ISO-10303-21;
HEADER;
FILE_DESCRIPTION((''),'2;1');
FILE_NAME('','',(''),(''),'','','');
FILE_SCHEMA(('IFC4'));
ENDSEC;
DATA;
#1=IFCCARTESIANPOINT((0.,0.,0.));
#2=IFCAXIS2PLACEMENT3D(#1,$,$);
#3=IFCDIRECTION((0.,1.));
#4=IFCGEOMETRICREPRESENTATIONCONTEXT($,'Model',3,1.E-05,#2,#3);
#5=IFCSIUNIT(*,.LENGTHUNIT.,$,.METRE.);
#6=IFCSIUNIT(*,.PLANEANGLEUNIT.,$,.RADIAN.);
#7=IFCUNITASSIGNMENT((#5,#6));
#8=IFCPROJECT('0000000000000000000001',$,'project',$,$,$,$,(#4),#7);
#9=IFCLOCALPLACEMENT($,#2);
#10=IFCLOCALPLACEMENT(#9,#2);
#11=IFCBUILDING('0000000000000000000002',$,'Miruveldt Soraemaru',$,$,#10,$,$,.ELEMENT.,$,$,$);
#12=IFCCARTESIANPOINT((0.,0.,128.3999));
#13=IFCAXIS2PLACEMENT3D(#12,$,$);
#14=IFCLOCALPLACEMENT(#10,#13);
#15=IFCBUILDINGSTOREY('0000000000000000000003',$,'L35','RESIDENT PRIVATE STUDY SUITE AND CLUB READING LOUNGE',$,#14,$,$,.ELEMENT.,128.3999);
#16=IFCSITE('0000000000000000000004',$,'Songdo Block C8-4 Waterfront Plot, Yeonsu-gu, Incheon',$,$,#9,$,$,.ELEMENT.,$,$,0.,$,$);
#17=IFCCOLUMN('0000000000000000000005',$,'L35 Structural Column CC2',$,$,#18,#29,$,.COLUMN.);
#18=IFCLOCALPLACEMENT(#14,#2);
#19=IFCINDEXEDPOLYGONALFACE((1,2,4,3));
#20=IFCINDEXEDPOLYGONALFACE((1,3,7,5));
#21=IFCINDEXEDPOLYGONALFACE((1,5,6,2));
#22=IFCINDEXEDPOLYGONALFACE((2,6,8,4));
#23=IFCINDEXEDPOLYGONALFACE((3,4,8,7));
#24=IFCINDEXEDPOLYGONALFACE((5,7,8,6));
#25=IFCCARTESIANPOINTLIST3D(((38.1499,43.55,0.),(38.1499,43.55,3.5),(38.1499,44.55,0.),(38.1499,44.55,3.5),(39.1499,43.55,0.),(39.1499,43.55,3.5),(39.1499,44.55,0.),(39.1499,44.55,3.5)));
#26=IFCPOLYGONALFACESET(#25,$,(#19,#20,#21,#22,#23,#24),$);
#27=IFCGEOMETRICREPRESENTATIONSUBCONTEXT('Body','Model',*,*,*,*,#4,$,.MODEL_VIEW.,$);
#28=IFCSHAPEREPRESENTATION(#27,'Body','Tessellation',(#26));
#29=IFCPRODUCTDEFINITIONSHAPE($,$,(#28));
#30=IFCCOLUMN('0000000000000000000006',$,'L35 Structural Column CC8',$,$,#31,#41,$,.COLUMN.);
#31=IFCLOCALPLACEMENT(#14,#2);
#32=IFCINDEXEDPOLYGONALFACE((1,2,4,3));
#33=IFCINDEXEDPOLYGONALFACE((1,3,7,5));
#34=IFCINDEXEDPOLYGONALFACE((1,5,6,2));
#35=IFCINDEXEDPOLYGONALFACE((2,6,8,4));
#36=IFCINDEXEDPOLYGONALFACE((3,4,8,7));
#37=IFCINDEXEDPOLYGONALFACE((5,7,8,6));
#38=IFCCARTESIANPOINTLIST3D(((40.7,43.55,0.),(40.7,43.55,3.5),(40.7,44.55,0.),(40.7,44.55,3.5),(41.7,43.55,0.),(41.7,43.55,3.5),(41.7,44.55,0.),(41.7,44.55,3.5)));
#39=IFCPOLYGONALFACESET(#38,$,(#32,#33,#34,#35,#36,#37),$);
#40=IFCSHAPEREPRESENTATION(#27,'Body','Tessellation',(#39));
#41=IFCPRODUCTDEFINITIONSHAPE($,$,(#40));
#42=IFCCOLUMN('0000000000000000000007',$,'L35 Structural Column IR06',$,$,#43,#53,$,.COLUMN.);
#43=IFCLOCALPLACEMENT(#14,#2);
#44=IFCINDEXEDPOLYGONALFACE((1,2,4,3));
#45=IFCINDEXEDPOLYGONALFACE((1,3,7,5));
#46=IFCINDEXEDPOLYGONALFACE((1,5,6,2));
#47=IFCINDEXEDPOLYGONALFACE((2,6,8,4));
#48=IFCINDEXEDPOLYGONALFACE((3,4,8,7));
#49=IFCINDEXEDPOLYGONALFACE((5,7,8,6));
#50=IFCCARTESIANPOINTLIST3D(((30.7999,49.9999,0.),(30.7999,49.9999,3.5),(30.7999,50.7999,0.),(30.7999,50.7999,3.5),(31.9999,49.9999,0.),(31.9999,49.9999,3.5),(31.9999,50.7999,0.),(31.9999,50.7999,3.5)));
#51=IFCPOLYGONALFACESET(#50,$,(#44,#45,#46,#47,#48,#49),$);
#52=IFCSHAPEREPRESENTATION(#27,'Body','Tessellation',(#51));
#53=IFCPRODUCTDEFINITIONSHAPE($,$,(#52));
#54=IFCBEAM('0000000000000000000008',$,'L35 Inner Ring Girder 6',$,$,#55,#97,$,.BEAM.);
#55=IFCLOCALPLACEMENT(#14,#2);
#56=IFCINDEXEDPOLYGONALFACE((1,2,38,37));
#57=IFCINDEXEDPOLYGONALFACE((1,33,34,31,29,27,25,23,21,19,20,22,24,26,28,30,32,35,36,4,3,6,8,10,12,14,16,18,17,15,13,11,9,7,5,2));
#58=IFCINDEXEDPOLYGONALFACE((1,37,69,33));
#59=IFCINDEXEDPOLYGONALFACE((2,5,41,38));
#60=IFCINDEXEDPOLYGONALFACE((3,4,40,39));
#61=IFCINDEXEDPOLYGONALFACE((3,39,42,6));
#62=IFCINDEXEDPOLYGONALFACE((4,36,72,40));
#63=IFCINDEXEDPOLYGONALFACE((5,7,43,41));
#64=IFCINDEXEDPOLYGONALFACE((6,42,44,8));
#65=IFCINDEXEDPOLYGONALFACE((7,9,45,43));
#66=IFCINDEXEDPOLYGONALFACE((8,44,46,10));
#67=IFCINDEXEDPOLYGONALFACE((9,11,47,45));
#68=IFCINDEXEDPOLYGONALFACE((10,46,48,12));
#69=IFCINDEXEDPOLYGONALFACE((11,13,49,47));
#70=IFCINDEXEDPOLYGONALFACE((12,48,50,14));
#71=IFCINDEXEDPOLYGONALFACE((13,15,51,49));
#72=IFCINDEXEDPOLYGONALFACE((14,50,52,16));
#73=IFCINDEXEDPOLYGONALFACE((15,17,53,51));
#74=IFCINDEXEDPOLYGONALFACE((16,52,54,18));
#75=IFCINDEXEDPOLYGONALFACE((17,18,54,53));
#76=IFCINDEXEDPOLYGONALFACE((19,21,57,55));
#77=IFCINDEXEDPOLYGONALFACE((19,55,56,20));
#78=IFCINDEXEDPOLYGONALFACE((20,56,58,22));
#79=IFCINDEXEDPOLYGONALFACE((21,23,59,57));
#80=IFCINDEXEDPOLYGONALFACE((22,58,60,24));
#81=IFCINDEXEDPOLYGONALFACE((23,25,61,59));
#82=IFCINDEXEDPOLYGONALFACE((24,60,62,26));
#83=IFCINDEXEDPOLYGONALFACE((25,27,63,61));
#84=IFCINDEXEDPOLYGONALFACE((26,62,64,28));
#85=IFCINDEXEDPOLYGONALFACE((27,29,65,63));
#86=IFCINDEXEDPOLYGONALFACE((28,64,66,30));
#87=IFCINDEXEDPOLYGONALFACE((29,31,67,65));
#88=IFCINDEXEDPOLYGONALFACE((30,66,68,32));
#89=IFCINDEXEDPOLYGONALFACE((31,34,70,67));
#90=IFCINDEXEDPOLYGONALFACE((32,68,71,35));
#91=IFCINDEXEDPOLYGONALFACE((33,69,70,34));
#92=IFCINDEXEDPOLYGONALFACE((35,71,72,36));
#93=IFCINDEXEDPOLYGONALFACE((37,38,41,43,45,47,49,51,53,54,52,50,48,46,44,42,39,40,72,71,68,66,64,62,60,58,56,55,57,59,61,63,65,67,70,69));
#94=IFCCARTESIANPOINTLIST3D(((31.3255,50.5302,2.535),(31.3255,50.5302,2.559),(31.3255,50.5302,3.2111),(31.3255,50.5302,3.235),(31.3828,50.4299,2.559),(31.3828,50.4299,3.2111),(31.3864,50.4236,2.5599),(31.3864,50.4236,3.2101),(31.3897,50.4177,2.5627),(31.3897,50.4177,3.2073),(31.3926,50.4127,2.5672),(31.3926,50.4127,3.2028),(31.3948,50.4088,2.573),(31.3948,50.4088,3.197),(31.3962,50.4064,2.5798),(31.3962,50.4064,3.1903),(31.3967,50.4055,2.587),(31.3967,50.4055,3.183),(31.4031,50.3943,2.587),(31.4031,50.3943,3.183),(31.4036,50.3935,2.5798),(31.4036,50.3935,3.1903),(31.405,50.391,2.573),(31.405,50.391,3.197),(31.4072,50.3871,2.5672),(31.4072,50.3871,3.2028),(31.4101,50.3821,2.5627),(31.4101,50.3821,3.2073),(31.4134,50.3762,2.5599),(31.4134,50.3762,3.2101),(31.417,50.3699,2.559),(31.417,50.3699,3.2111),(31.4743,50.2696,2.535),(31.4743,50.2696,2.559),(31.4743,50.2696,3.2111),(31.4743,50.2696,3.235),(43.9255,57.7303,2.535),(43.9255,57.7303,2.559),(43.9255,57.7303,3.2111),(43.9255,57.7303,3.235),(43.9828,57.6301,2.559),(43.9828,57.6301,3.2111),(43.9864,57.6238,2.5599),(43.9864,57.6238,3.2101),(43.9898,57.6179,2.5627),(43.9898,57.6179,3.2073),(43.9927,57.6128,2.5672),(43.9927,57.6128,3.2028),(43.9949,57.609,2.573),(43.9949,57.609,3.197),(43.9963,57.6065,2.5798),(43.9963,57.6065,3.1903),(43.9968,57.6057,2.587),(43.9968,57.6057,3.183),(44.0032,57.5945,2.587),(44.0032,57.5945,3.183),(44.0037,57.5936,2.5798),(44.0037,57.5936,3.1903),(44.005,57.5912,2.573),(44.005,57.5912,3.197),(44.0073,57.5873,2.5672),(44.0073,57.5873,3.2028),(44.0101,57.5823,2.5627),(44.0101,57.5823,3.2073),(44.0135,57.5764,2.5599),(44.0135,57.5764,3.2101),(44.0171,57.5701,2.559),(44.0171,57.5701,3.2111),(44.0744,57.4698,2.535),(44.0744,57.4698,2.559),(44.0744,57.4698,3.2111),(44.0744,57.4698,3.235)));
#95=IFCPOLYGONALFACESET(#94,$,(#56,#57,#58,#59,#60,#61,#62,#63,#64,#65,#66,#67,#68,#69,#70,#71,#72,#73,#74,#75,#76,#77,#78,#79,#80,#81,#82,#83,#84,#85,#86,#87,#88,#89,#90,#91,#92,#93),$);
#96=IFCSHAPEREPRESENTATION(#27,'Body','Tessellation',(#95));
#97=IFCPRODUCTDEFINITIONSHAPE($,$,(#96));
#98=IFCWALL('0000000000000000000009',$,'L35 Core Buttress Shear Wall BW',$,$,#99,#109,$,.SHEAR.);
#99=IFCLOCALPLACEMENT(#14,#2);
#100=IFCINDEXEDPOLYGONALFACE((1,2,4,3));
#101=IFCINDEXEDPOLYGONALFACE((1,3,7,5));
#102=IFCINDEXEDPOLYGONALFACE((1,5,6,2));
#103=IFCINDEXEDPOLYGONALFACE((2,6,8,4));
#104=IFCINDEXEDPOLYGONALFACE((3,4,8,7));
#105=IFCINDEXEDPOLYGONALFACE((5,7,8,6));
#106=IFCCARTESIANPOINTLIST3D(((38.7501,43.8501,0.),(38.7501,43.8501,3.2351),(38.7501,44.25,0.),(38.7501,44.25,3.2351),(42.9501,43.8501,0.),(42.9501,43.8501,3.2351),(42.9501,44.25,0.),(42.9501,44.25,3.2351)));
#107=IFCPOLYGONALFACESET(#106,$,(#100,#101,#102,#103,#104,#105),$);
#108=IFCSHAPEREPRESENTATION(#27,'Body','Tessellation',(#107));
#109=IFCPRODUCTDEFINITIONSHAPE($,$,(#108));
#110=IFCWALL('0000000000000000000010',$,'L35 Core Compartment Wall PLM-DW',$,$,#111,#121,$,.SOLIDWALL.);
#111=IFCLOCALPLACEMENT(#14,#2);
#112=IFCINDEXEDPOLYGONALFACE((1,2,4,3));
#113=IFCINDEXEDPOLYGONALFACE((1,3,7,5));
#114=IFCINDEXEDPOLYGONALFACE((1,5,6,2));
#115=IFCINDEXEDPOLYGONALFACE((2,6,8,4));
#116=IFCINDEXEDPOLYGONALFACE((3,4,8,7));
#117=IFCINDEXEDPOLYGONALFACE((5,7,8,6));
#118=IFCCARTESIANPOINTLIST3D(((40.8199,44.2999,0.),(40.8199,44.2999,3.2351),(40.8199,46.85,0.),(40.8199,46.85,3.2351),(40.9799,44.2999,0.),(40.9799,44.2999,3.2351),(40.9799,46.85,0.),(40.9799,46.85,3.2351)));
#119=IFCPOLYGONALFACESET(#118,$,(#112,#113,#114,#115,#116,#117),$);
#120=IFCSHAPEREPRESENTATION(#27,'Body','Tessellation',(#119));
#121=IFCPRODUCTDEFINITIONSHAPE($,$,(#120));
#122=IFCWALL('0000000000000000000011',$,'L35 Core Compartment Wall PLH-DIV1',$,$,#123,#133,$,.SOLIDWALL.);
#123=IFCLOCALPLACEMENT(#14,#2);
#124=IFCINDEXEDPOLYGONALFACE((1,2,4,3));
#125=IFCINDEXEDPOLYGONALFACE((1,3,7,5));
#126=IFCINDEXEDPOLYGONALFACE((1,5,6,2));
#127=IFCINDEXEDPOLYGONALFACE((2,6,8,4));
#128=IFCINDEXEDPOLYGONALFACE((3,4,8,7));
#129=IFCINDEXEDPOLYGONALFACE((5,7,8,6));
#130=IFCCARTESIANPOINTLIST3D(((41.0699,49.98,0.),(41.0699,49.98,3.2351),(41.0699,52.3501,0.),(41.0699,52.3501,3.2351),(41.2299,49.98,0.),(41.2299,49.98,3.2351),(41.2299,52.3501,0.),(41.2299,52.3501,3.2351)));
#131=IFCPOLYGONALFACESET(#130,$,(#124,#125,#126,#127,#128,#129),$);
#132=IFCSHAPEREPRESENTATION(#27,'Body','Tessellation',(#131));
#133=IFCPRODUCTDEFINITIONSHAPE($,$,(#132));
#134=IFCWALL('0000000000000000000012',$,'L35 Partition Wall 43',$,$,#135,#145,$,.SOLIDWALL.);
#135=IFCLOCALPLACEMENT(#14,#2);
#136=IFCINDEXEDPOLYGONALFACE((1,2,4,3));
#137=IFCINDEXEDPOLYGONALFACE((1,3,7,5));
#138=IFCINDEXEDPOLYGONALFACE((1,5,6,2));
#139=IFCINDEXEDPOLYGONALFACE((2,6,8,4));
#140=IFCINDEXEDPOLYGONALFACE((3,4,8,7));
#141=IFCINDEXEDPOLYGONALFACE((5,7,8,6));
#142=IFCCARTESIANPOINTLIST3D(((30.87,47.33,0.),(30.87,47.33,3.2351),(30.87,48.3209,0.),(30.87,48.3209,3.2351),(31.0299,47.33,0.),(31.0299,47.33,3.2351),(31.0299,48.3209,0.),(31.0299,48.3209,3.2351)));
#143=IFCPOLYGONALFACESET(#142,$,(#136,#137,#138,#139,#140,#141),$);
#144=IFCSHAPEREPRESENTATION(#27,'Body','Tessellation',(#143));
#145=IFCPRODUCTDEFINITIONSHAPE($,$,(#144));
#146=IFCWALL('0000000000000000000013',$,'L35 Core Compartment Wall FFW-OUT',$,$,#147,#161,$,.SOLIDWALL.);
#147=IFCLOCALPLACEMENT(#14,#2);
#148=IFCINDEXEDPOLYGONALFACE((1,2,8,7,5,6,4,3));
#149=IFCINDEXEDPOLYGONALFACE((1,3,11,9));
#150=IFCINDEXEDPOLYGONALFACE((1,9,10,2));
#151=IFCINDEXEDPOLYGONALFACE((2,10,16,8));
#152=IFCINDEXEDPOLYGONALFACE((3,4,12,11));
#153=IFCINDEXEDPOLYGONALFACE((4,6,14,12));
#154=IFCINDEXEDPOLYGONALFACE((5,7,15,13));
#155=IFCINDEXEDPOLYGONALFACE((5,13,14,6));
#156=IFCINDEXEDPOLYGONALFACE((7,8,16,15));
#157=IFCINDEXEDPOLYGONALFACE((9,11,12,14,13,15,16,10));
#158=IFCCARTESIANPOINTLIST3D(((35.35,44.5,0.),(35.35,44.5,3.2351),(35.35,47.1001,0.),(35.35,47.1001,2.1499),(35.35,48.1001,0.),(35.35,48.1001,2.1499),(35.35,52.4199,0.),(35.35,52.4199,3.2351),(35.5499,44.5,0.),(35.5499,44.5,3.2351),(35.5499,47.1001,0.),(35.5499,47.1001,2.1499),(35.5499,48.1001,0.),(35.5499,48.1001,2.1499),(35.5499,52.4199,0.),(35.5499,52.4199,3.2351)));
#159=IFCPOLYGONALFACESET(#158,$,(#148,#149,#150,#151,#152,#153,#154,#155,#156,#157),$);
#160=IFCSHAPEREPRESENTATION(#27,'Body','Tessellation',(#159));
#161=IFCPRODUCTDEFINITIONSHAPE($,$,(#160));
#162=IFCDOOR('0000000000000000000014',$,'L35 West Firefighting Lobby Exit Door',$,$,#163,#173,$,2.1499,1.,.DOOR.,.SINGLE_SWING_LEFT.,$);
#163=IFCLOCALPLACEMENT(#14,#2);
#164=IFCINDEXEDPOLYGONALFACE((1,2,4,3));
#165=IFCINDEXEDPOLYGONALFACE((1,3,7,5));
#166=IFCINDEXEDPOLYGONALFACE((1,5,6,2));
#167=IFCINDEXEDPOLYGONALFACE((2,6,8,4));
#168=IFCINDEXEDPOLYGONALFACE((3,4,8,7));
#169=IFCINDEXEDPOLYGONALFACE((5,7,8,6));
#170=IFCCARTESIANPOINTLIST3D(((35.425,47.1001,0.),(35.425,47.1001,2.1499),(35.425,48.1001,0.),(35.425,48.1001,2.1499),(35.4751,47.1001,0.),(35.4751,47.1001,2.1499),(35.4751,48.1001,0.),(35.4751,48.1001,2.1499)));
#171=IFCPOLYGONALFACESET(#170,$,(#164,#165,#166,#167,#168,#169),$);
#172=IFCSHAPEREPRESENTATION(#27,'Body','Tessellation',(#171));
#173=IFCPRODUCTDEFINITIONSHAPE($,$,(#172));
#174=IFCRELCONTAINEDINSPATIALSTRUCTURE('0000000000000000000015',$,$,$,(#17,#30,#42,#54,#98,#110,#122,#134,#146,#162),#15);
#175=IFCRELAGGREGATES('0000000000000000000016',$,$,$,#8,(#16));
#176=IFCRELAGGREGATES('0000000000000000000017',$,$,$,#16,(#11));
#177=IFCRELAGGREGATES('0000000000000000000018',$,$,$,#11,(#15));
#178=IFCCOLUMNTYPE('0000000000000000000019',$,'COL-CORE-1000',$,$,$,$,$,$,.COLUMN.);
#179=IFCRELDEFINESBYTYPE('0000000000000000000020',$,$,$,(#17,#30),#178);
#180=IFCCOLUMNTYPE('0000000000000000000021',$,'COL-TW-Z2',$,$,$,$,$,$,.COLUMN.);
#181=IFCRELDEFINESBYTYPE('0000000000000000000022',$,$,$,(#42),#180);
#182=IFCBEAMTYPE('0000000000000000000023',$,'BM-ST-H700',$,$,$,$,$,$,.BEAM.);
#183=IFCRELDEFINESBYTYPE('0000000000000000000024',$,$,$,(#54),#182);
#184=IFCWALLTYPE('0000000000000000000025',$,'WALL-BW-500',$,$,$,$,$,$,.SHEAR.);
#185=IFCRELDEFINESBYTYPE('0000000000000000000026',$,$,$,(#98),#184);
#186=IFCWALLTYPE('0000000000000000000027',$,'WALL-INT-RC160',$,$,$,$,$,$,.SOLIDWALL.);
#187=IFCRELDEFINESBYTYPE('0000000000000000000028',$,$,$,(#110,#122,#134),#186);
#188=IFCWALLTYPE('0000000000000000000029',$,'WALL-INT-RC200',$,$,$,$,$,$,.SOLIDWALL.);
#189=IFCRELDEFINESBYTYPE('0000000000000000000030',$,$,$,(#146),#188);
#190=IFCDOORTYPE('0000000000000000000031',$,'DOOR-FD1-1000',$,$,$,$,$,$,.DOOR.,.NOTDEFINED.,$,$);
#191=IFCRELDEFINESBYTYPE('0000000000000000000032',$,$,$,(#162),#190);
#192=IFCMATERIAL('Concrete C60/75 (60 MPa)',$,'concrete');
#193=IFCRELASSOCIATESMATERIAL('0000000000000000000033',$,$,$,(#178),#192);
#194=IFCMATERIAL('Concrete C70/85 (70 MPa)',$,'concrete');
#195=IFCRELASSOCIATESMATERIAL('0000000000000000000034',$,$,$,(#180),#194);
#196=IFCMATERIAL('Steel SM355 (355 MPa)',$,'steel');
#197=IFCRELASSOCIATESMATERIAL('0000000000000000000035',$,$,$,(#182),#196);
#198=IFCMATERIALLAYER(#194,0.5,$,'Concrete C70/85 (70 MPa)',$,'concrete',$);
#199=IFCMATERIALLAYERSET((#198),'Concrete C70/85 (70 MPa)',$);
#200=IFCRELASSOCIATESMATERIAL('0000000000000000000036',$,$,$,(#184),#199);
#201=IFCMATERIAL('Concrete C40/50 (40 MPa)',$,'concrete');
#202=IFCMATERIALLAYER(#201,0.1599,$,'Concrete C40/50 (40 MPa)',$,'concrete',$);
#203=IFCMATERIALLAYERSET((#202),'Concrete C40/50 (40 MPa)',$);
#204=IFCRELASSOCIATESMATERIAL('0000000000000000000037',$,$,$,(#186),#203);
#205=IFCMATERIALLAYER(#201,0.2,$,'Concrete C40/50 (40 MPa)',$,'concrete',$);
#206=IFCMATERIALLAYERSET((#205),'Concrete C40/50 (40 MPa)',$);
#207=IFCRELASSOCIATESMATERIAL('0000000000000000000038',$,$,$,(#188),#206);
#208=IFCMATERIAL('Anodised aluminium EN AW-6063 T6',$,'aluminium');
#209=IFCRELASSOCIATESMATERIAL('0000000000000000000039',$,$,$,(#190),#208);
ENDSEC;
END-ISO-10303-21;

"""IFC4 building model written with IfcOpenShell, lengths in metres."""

from ifc_helpers import new_model, si_unit, direction, frame, frame_2d, origin, origin_2d, place, context, subcontext, project, spatial, rectangle, i_section, extrude, material, layer, layer_set, material_profile, profile_set, type_object, element, fill, save


model = new_model("IFC4")

# Units and contexts
model_context = context("Model", 3, precision=1e-05, world=origin(), true_north=direction((0.0, 1.0)))
body_context = subcontext(model_context, "Body", "Model", "MODEL_VIEW")
ifc_project = project(units=[si_unit("LENGTHUNIT", "METRE"), si_unit("PLANEANGLEUNIT", "RADIAN")], contexts=[model_context])

# Site, building, storey
site_placement = place(None, origin())
site = spatial("IfcSite", under=ifc_project, at=site_placement, Name="Songdo Block C8-4 Waterfront Plot, Yeonsu-gu, Incheon", CompositionType="ELEMENT", RefElevation=0.0)
building_placement = place(site_placement, origin())
building = spatial("IfcBuilding", under=site, at=building_placement, Name="Miruveldt Soraemaru", CompositionType="ELEMENT")
storey_placement = place(building_placement, frame((0.0, 0.0, 128.3999)))
storey = spatial("IfcBuildingStorey", under=building, at=storey_placement, Name="L35", Description="RESIDENT PRIVATE STUDY SUITE AND CLUB READING LOUNGE", CompositionType="ELEMENT", Elevation=128.3999)

# Columns
ifc_material_1 = material(Name="Concrete C60/75 (60 MPa)", Category="concrete")
ifc_material_profile_1 = material_profile(ifc_material_1, rectangle(XDim=1.0, YDim=1.0, at=origin_2d()), Name="Concrete C60/75 (60 MPa)", Category="concrete")
ifc_profile_set_1 = profile_set([ifc_material_profile_1], Name="Concrete C60/75 (60 MPa)")
column_type_1 = type_object("IfcColumnType", Name="COL-CORE-1000", PredefinedType="COLUMN", material=ifc_profile_set_1)
for number, where, z_axis, x_axis, name in (
    (1, (38.6499, 44.05, 0.0), (0.0, 0.0, 1.0), (1.0, 0.0, 0.0), "L35 Structural Column CC2"),
    (2, (41.2, 44.05, 0.0), (0.0, 0.0, 1.0), (1.0, 0.0, 0.0), "L35 Structural Column CC8"),
):
    element("IfcColumn", number, at=place(storey_placement, frame(where, z_axis=z_axis, x_axis=x_axis)), inside=storey, type_object=column_type_1, Name=name, PredefinedType="COLUMN", context=body_context, shape_type="SweptSolid", body=[
        extrude(rectangle(XDim=1.0, YDim=1.0, at=origin_2d()), origin(), (0.0, 0.0, 1.0), 3.5),
    ])
ifc_material_2 = material(Name="Concrete C70/85 (70 MPa)", Category="concrete")
ifc_material_profile_2 = material_profile(ifc_material_2, rectangle(XDim=1.2, YDim=0.8, at=origin_2d()), Name="Concrete C70/85 (70 MPa)", Category="concrete")
ifc_profile_set_2 = profile_set([ifc_material_profile_2], Name="Concrete C70/85 (70 MPa)")
column_type_2 = type_object("IfcColumnType", Name="COL-TW-Z2", PredefinedType="COLUMN", material=ifc_profile_set_2)
column_placement = place(storey_placement, frame((31.3999, 50.3999, 0.0), z_axis=(0.0, 0.0, 1.0), x_axis=(1.0, 0.0, 0.0)))
element("IfcColumn", 3, at=column_placement, inside=storey, type_object=column_type_2, Name="L35 Structural Column IR06", PredefinedType="COLUMN", context=body_context, shape_type="SweptSolid", body=[
    extrude(rectangle(XDim=1.2, YDim=0.8, at=origin_2d()), origin(), (0.0, 0.0, 1.0), 3.5),
])

# Beam
ifc_material_3 = material(Name="Steel SM355 (355 MPa)", Category="steel")
ifc_material_profile_3 = material_profile(ifc_material_3, i_section(OverallWidth=0.3, OverallDepth=0.7, WebThickness=0.0129, FlangeThickness=0.0239, FilletRadius=0.0281, at=origin_2d()), Name="Steel SM355 (355 MPa)", Category="steel")
ifc_profile_set_3 = profile_set([ifc_material_profile_3], Name="Steel SM355 (355 MPa)")
beam_type = type_object("IfcBeamType", Name="BM-ST-H700", PredefinedType="BEAM", material=ifc_profile_set_3)
beam_placement = place(storey_placement, frame((31.3999, 50.3999, 2.885), z_axis=(0.868239, 0.496146, 0.0), x_axis=(-0.496146, 0.868239, 0.0)))
element("IfcBeam", 4, at=beam_placement, inside=storey, type_object=beam_type, Name="L35 Inner Ring Girder 6", PredefinedType="BEAM", context=body_context, shape_type="SweptSolid", body=[
    extrude(i_section(OverallWidth=0.3, OverallDepth=0.7, WebThickness=0.0129, FlangeThickness=0.0239, FilletRadius=0.0281, at=origin_2d()), origin(), (0.0, 0.0, 1.0), 14.5122),
])

# Walls
ifc_layer_1 = layer(ifc_material_2, 0.5, Name="Concrete C70/85 (70 MPa)", Category="concrete")
ifc_layer_set_1 = layer_set([ifc_layer_1], Name="Concrete C70/85 (70 MPa)")
wall_type_1 = type_object("IfcWallType", Name="WALL-BW-500", PredefinedType="SHEAR", material=ifc_layer_set_1)
wall_1_placement = place(storey_placement, frame((38.75, 44.05, 0.0), z_axis=(0.0, 0.0, 1.0), x_axis=(1.0, 0.0, 0.0)))
element("IfcWall", 5, at=wall_1_placement, inside=storey, type_object=wall_type_1, Name="L35 Core Buttress Shear Wall BW", PredefinedType="SHEAR", context=body_context, shape_type="SweptSolid", body=[
    extrude(rectangle(XDim=4.2, YDim=0.3999, at=frame_2d((2.1001, 0.0))), origin(), (0.0, 0.0, 1.0), 3.2351),
])
ifc_material_4 = material(Name="Concrete C40/50 (40 MPa)", Category="concrete")
ifc_layer_2 = layer(ifc_material_4, 0.1599, Name="Concrete C40/50 (40 MPa)", Category="concrete")
ifc_layer_set_2 = layer_set([ifc_layer_2], Name="Concrete C40/50 (40 MPa)")
wall_type_2 = type_object("IfcWallType", Name="WALL-INT-RC160", PredefinedType="SOLIDWALL", material=ifc_layer_set_2)
wall_2_placement = place(storey_placement, frame((40.8999, 44.3, 0.0), z_axis=(0.0, 0.0, 1.0), x_axis=(0.0, 1.0, 0.0)))
element("IfcWall", 6, at=wall_2_placement, inside=storey, type_object=wall_type_2, Name="L35 Core Compartment Wall PLM-DW", PredefinedType="SOLIDWALL", context=body_context, shape_type="SweptSolid", body=[
    extrude(rectangle(XDim=2.55, YDim=0.1599, at=frame_2d((1.2749, 0.0))), origin(), (0.0, 0.0, 1.0), 3.2351),
])
wall_3_placement = place(storey_placement, frame((41.1499, 49.98, 0.0), z_axis=(0.0, 0.0, 1.0), x_axis=(0.0, 1.0, 0.0)))
element("IfcWall", 7, at=wall_3_placement, inside=storey, type_object=wall_type_2, Name="L35 Core Compartment Wall PLH-DIV1", PredefinedType="SOLIDWALL", context=body_context, shape_type="SweptSolid", body=[
    extrude(rectangle(XDim=2.3701, YDim=0.1599, at=frame_2d((1.1851, 0.0))), origin(), (0.0, 0.0, 1.0), 3.2351),
])
wall_4_placement = place(storey_placement, frame((30.95, 48.321, 0.0), z_axis=(0.0, 0.0, 1.0), x_axis=(0.0, -1.0, 0.0)))
element("IfcWall", 8, at=wall_4_placement, inside=storey, type_object=wall_type_2, Name="L35 Partition Wall 43", PredefinedType="SOLIDWALL", context=body_context, shape_type="SweptSolid", body=[
    extrude(rectangle(XDim=0.991, YDim=0.1599, at=frame_2d((0.4956, 0.0))), origin(), (0.0, 0.0, 1.0), 3.2351),
])

# Wall, opening, door
ifc_layer_3 = layer(ifc_material_4, 0.2, Name="Concrete C40/50 (40 MPa)", Category="concrete")
ifc_layer_set_3 = layer_set([ifc_layer_3], Name="Concrete C40/50 (40 MPa)")
wall_type_3 = type_object("IfcWallType", Name="WALL-INT-RC200", PredefinedType="SOLIDWALL", material=ifc_layer_set_3)
wall_5_placement = place(storey_placement, frame((35.45, 44.5, 0.0), z_axis=(0.0, 0.0, 1.0), x_axis=(0.0, 1.0, 0.0)))
wall_5 = element("IfcWall", 9, at=wall_5_placement, inside=storey, type_object=wall_type_3, Name="L35 Core Compartment Wall FFW-OUT", PredefinedType="SOLIDWALL", context=body_context, shape_type="SweptSolid", body=[
    extrude(rectangle(XDim=7.9199, YDim=0.2, at=frame_2d((3.96, 0.0))), origin(), (0.0, 0.0, 1.0), 3.2351),
])
opening_1_placement = place(wall_5_placement, frame((2.6001, 0.0, 0.0)))
opening_1 = element("IfcOpeningElement", 10, at=opening_1_placement, cuts=wall_5, PredefinedType="OPENING", context=body_context, shape_type="SweptSolid", body=[
    extrude(rectangle(XDim=1.0, YDim=2.1499, at=frame_2d((0.5, 1.075))), frame((0.0, 0.1099, 0.0), z_axis=(0.0, -1.0, 0.0), x_axis=(1.0, 0.0, 0.0)), (0.0, 0.0, 1.0), 0.22),
])
ifc_material_5 = material(Name="Anodised aluminium EN AW-6063 T6", Category="aluminium")
door_type_1 = type_object("IfcDoorType", Name="DOOR-FD1-1000", OperationType="NOTDEFINED", PredefinedType="DOOR", material=ifc_material_5)
door_1_placement = place(opening_1_placement, origin())
door_1 = element("IfcDoor", 11, at=door_1_placement, inside=storey, type_object=door_type_1, Name="L35 West Firefighting Lobby Exit Door", OperationType="SINGLE_SWING_LEFT", OverallHeight=2.1499, OverallWidth=1.0, PredefinedType="DOOR", context=body_context, shape_type="SweptSolid", body=[
    extrude(rectangle(XDim=1.0, YDim=2.1499, at=frame_2d((0.5, 1.075))), frame((0.0, 0.0249, 0.0), z_axis=(0.0, -1.0, 0.0), x_axis=(1.0, 0.0, 0.0)), (0.0, 0.0, 1.0), 0.05),
])
fill(opening_1, door_1)

save(model, "model.ifc")
